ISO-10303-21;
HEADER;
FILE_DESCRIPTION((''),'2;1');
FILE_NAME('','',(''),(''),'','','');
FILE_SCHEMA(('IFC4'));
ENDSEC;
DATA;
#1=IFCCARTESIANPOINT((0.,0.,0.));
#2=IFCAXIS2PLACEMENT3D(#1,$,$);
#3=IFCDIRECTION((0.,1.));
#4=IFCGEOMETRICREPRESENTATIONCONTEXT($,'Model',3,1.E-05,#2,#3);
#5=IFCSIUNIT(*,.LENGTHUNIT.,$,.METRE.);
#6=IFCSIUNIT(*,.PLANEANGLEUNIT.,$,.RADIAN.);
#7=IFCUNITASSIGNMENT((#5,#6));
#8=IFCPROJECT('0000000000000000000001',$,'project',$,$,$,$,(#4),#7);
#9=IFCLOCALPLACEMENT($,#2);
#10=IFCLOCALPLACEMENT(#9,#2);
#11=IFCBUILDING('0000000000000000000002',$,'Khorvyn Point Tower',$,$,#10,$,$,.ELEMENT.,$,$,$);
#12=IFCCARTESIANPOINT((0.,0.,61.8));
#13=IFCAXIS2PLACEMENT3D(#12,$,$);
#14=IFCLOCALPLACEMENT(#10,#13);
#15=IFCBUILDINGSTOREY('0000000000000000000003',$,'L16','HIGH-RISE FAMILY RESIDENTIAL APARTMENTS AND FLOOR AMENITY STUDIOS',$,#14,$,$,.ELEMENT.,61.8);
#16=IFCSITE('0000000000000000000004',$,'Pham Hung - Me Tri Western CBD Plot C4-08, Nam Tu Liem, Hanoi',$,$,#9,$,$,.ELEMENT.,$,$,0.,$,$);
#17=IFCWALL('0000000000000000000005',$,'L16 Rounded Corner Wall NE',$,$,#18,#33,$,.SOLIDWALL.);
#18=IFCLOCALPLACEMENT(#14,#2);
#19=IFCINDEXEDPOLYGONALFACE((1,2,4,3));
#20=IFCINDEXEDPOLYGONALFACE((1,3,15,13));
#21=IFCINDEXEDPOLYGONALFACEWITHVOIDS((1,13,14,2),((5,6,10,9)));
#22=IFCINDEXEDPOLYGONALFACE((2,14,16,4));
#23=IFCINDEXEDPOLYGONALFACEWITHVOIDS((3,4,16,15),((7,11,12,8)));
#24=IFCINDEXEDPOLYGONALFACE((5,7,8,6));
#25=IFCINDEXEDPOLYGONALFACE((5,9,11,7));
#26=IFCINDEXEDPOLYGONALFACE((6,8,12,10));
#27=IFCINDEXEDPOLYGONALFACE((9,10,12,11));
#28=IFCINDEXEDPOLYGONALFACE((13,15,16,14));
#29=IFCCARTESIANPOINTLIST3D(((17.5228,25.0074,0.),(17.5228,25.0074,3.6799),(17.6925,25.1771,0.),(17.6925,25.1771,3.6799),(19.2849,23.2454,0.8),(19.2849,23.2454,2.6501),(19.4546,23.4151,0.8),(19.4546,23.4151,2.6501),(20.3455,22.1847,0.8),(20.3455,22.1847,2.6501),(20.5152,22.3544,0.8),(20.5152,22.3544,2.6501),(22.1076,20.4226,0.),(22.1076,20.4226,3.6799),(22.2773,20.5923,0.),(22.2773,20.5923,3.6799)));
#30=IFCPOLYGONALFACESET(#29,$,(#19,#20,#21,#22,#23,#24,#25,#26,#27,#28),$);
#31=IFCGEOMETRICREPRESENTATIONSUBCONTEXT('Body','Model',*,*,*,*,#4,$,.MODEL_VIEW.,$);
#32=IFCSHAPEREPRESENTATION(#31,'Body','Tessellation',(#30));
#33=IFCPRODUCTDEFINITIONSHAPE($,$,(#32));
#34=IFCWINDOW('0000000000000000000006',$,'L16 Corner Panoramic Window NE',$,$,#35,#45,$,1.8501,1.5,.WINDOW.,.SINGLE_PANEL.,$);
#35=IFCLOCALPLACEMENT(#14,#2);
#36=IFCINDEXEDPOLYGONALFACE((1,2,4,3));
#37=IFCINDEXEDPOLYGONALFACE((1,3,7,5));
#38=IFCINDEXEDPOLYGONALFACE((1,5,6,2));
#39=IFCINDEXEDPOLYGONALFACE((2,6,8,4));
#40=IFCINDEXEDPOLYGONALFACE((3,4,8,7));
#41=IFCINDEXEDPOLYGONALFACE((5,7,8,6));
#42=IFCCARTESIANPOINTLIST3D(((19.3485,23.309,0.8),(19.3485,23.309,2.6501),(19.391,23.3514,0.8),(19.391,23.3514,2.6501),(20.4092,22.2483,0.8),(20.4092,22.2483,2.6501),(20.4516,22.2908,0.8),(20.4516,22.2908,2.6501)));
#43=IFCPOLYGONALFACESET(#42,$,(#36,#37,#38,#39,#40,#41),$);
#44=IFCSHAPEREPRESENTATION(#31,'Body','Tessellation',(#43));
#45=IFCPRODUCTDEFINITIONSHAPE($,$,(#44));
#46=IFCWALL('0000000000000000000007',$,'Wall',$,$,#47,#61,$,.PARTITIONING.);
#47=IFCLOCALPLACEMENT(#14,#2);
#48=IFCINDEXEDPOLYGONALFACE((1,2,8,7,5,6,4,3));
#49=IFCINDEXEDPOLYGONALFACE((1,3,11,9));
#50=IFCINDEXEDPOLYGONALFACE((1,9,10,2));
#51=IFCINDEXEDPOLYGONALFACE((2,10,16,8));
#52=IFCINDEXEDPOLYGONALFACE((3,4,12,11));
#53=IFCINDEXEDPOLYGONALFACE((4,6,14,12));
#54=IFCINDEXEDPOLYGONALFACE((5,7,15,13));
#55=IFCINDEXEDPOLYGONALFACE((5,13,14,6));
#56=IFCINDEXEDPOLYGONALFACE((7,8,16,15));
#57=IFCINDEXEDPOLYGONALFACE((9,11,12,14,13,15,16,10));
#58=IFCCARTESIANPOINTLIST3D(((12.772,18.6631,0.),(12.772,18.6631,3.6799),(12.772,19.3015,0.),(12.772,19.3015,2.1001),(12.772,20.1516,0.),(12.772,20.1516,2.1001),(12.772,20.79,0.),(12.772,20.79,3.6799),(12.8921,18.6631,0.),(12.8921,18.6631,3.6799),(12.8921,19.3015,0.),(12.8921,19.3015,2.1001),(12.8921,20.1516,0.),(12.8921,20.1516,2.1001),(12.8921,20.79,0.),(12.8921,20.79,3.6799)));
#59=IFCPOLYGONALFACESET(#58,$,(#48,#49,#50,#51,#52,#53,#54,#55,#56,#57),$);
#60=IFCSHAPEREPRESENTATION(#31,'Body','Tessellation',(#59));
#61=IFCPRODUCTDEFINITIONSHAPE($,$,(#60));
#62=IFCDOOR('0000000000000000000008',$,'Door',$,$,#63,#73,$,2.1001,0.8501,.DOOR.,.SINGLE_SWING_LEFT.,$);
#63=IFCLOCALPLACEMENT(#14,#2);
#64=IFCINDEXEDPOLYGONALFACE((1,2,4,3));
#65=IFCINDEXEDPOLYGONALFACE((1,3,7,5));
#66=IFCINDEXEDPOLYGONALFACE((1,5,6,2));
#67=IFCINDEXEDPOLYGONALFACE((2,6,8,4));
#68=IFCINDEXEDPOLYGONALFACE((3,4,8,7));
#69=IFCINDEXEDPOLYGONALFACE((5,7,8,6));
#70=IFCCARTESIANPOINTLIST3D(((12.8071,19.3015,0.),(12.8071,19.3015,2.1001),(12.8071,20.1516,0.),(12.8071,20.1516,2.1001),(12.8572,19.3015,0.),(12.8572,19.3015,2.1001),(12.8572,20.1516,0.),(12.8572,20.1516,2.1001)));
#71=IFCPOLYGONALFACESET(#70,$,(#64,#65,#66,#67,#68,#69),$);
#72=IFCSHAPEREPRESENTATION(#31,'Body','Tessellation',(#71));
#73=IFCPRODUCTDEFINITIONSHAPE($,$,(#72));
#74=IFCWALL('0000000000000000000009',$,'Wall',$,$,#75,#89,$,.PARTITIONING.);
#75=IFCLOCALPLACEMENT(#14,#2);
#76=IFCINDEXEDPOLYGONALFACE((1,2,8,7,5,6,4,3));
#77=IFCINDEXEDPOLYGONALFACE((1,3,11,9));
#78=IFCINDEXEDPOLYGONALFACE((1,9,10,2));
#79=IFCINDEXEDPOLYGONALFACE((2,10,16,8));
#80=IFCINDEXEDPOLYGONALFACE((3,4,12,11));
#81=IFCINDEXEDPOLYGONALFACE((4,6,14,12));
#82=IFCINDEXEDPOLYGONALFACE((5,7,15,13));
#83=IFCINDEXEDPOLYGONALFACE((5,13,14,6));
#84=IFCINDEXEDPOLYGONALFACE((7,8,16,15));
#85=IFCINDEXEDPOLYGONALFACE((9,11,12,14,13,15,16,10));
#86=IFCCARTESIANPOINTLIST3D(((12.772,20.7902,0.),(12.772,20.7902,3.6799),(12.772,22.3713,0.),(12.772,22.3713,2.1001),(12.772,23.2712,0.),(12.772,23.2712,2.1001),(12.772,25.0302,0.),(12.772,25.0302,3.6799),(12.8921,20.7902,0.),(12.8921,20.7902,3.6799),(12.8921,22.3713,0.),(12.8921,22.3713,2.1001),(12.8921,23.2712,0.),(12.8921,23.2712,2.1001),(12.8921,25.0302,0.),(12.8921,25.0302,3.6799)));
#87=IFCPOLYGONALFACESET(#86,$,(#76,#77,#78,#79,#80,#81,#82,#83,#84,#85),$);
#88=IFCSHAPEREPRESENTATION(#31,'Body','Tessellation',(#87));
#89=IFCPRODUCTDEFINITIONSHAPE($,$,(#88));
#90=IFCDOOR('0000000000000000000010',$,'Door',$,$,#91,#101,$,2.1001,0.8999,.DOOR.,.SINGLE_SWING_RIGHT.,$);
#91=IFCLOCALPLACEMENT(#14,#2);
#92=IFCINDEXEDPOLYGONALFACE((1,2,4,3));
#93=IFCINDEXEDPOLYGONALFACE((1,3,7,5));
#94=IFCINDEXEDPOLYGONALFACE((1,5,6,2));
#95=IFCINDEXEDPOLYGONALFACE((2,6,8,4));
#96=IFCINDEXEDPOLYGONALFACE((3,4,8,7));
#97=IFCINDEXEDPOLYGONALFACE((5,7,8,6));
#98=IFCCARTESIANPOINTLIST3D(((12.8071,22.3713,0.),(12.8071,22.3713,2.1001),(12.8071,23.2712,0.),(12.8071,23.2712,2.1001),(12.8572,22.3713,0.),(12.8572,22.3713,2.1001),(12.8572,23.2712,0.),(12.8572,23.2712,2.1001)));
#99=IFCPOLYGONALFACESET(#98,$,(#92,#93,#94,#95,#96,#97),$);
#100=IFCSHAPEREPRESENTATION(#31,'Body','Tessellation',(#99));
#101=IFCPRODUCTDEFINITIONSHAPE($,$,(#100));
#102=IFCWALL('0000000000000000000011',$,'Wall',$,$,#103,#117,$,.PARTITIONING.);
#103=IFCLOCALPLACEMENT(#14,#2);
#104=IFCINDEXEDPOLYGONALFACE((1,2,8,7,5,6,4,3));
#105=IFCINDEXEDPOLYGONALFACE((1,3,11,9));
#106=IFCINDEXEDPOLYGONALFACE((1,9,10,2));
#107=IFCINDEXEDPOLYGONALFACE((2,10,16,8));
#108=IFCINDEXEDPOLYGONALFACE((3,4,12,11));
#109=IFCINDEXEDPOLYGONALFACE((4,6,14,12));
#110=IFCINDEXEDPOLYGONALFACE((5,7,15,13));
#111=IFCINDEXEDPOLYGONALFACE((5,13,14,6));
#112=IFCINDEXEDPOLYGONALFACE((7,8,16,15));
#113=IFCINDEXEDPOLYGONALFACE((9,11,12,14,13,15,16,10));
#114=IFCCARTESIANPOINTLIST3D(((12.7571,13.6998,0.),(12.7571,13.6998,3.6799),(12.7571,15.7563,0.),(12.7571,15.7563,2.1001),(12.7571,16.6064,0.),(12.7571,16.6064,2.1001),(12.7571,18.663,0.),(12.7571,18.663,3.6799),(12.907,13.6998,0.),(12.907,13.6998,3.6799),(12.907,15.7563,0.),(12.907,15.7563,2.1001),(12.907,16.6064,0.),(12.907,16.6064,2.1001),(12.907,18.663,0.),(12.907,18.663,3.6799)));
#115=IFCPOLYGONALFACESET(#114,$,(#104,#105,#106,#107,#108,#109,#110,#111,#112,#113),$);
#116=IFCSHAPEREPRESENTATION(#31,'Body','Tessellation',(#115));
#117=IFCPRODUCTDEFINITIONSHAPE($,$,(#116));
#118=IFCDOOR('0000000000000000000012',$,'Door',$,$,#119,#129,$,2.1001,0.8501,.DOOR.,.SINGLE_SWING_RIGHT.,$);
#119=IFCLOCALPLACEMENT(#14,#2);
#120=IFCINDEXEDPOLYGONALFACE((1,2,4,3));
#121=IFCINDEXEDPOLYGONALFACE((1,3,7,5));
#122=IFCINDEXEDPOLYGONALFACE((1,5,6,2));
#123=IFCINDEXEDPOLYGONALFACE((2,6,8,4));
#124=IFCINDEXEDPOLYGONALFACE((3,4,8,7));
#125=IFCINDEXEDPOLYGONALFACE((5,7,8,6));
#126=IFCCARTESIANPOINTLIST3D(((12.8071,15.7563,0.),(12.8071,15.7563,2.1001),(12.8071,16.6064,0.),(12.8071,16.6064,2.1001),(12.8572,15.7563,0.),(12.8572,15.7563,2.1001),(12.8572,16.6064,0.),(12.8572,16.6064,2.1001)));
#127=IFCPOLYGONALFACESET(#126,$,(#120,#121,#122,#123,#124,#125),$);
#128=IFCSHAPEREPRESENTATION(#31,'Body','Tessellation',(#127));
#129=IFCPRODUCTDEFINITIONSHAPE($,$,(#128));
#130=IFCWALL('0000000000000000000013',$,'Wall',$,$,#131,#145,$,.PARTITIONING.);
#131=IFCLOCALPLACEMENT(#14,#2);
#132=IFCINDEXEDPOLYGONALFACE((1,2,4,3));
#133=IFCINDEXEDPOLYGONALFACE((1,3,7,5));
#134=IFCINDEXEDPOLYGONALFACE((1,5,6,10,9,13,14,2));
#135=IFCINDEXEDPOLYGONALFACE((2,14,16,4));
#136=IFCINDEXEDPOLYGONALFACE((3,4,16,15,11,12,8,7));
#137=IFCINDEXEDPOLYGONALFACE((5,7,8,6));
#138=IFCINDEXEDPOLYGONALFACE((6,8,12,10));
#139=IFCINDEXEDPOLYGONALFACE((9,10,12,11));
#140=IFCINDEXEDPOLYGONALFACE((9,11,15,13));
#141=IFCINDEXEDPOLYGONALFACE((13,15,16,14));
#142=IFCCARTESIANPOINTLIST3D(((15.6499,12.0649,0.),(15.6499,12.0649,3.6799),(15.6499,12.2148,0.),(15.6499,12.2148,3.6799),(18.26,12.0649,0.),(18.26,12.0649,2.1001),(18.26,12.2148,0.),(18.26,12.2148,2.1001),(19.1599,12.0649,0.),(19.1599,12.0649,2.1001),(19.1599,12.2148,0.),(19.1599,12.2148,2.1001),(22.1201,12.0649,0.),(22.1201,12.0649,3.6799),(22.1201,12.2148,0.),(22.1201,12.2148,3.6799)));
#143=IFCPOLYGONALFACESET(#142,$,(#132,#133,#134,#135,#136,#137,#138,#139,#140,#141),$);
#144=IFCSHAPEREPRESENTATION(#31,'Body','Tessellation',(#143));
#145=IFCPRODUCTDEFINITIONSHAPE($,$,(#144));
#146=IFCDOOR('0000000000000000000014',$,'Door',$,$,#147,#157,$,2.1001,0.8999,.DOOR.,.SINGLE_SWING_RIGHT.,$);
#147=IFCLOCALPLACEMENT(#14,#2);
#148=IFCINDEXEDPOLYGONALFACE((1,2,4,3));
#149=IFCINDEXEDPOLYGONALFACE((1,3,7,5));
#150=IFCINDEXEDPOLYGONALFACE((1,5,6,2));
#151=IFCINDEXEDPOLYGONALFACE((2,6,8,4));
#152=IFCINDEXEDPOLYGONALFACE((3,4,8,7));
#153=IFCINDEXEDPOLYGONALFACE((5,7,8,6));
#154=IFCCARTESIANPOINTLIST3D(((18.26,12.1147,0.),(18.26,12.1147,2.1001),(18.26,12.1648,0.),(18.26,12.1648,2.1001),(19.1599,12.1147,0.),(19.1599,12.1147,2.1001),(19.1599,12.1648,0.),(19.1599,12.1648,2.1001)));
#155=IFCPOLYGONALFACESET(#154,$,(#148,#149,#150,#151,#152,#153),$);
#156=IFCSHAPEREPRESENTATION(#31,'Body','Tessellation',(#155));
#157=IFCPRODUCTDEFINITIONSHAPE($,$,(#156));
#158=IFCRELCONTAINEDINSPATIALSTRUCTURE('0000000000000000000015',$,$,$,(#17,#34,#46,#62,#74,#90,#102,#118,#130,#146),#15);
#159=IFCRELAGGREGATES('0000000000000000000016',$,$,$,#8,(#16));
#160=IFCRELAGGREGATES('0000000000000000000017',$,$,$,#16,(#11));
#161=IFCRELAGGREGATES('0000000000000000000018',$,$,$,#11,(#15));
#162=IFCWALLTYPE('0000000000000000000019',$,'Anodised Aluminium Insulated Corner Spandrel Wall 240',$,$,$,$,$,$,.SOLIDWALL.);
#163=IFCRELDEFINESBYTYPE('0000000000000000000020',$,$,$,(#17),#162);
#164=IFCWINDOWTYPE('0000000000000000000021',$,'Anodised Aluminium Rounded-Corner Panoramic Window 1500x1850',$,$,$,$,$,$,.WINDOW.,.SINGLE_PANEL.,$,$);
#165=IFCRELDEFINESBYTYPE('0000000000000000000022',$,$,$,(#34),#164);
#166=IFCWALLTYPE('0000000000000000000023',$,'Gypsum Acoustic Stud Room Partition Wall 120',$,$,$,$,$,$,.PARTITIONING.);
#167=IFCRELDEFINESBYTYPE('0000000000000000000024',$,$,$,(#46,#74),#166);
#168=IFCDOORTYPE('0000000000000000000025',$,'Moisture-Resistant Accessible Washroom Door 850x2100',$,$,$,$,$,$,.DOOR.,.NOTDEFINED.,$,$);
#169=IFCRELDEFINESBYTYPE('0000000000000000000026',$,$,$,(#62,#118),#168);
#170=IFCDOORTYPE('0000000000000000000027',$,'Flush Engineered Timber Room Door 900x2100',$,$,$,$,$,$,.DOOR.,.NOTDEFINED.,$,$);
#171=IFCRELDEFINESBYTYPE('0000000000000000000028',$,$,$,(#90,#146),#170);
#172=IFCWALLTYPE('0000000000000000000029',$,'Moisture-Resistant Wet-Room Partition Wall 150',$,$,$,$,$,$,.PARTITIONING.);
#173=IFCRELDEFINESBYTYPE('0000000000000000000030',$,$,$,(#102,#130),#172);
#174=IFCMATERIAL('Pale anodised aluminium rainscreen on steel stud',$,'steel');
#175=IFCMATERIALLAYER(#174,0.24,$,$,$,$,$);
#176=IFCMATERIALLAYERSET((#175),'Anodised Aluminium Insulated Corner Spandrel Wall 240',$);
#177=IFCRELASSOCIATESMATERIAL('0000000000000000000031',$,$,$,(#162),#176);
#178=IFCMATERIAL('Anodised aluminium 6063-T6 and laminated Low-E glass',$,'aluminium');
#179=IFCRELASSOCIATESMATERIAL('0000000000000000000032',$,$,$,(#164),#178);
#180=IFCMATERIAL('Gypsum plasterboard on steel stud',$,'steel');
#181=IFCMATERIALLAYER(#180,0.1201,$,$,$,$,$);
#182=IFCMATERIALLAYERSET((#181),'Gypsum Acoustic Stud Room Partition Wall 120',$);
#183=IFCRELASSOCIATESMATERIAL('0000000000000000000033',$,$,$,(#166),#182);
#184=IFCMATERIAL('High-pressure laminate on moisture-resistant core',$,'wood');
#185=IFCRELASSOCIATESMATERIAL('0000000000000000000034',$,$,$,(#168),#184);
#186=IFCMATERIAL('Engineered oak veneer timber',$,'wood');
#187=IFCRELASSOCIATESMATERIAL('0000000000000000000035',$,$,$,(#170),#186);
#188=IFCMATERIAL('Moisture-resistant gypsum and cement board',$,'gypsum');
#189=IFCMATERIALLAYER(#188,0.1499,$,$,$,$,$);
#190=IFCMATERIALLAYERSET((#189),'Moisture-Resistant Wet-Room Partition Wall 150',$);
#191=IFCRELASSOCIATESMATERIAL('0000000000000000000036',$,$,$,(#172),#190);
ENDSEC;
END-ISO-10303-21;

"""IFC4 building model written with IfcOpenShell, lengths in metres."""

from ifc_helpers import new_model, si_unit, direction, frame, frame_2d, origin, place, context, subcontext, project, spatial, rectangle, extrude, material, layer, layer_set, type_object, element, fill, save


model = new_model("IFC4")

# Units and contexts
model_context = context("Model", 3, precision=1e-05, world=origin(), true_north=direction((0.0, 1.0)))
body_context = subcontext(model_context, "Body", "Model", "MODEL_VIEW")
ifc_project = project(units=[si_unit("LENGTHUNIT", "METRE"), si_unit("PLANEANGLEUNIT", "RADIAN")], contexts=[model_context])

# Site, building, storey
site_placement = place(None, origin())
site = spatial("IfcSite", under=ifc_project, at=site_placement, Name="Pham Hung - Me Tri Western CBD Plot C4-08, Nam Tu Liem, Hanoi", CompositionType="ELEMENT", RefElevation=0.0)
building_placement = place(site_placement, origin())
building = spatial("IfcBuilding", under=site, at=building_placement, Name="Khorvyn Point Tower", CompositionType="ELEMENT")
storey_placement = place(building_placement, frame((0.0, 0.0, 61.8)))
storey = spatial("IfcBuildingStorey", under=building, at=storey_placement, Name="L16", Description="HIGH-RISE FAMILY RESIDENTIAL APARTMENTS AND FLOOR AMENITY STUDIOS", CompositionType="ELEMENT", Elevation=61.8)

# Shared definitions
ifc_material_1 = material(Name="Anodised aluminium 6063-T6 and laminated Low-E glass", Category="aluminium")

# Wall, opening, window
ifc_material_2 = material(Name="Pale anodised aluminium rainscreen on steel stud", Category="steel")
ifc_layer_1 = layer(ifc_material_2, 0.24)
ifc_layer_set_1 = layer_set([ifc_layer_1], Name="Anodised Aluminium Insulated Corner Spandrel Wall 240")
wall_type_1 = type_object("IfcWallType", Name="Anodised Aluminium Insulated Corner Spandrel Wall 240", PredefinedType="SOLIDWALL", material=ifc_layer_set_1)
wall_1_placement = place(storey_placement, frame((17.6077, 25.0923, 0.0), z_axis=(0.0, 0.0, 1.0), x_axis=(0.707107, -0.707107, 0.0)))
wall_1 = element("IfcWall", 1, at=wall_1_placement, inside=storey, type_object=wall_type_1, Name="L16 Rounded Corner Wall NE", PredefinedType="SOLIDWALL", context=body_context, shape_type="SweptSolid", body=[
    extrude(rectangle(XDim=6.4839, YDim=0.24, at=frame_2d((3.2419, 0.0))), origin(), (0.0, 0.0, 1.0), 3.6799),
])
opening_1_placement = place(wall_1_placement, frame((2.4919, 0.0, 0.8)))
opening_1 = element("IfcOpeningElement", 2, at=opening_1_placement, cuts=wall_1, PredefinedType="OPENING", context=body_context, shape_type="SweptSolid", body=[
    extrude(rectangle(XDim=1.5, YDim=1.8501, at=frame_2d((0.75, 0.925))), frame((0.0, 0.1299, 0.0), z_axis=(0.0, -1.0, 0.0), x_axis=(1.0, 0.0, 0.0)), (0.0, 0.0, 1.0), 0.26),
])
window_type = type_object("IfcWindowType", Name="Anodised Aluminium Rounded-Corner Panoramic Window 1500x1850", PartitioningType="SINGLE_PANEL", PredefinedType="WINDOW", material=ifc_material_1)
window_placement = place(opening_1_placement, origin())
window = element("IfcWindow", 3, at=window_placement, inside=storey, type_object=window_type, Name="L16 Corner Panoramic Window NE", OverallHeight=1.8501, OverallWidth=1.5, PartitioningType="SINGLE_PANEL", PredefinedType="WINDOW", context=body_context, shape_type="SweptSolid", body=[
    extrude(rectangle(XDim=1.5, YDim=1.8501, at=frame_2d((0.75, 0.925))), frame((0.0, 0.03, 0.0), z_axis=(0.0, -1.0, 0.0), x_axis=(1.0, 0.0, 0.0)), (0.0, 0.0, 1.0), 0.0601),
])
fill(opening_1, window)

# Walls, openings, doors
ifc_material_3 = material(Name="Gypsum plasterboard on steel stud", Category="steel")
ifc_layer_2 = layer(ifc_material_3, 0.1201)
ifc_layer_set_2 = layer_set([ifc_layer_2], Name="Gypsum Acoustic Stud Room Partition Wall 120")
wall_type_2 = type_object("IfcWallType", Name="Gypsum Acoustic Stud Room Partition Wall 120", PredefinedType="PARTITIONING", material=ifc_layer_set_2)
wall_2_placement = place(storey_placement, frame((12.832, 18.6631, 0.0), z_axis=(0.0, 0.0, 1.0), x_axis=(0.0, 1.0, 0.0)))
wall_2 = element("IfcWall", 4, at=wall_2_placement, inside=storey, type_object=wall_type_2, Name="Wall", PredefinedType="PARTITIONING", context=body_context, shape_type="SweptSolid", body=[
    extrude(rectangle(XDim=2.127, YDim=0.1201, at=frame_2d((1.0635, 0.0))), origin(), (0.0, 0.0, 1.0), 3.6799),
])
opening_2_placement = place(wall_2_placement, frame((0.6384, 0.0, 0.0)))
opening_2 = element("IfcOpeningElement", 5, at=opening_2_placement, cuts=wall_2, PredefinedType="OPENING", context=body_context, shape_type="SweptSolid", body=[
    extrude(rectangle(XDim=0.8501, YDim=2.1001, at=frame_2d((0.425, 1.05))), frame((0.0, 0.0701, 0.0), z_axis=(0.0, -1.0, 0.0), x_axis=(1.0, 0.0, 0.0)), (0.0, 0.0, 1.0), 0.1401),
])
ifc_material_4 = material(Name="High-pressure laminate on moisture-resistant core", Category="wood")
door_type_1 = type_object("IfcDoorType", Name="Moisture-Resistant Accessible Washroom Door 850x2100", OperationType="NOTDEFINED", PredefinedType="DOOR", material=ifc_material_4)
door_1_placement = place(opening_2_placement, origin())
door_1 = element("IfcDoor", 6, at=door_1_placement, inside=storey, type_object=door_type_1, Name="Door", OperationType="SINGLE_SWING_LEFT", OverallHeight=2.1001, OverallWidth=0.8501, PredefinedType="DOOR", context=body_context, shape_type="SweptSolid", body=[
    extrude(rectangle(XDim=0.8501, YDim=2.1001, at=frame_2d((0.425, 1.05))), frame((0.0, 0.0249, 0.0), z_axis=(0.0, -1.0, 0.0), x_axis=(1.0, 0.0, 0.0)), (0.0, 0.0, 1.0), 0.05),
])
fill(opening_2, door_1)
wall_3_placement = place(storey_placement, frame((12.832, 20.79, 0.0), z_axis=(0.0, 0.0, 1.0), x_axis=(0.0, 1.0, 0.0)))
wall_3 = element("IfcWall", 7, at=wall_3_placement, inside=storey, type_object=wall_type_2, Name="Wall", PredefinedType="PARTITIONING", context=body_context, shape_type="SweptSolid", body=[
    extrude(rectangle(XDim=4.24, YDim=0.1201, at=frame_2d((2.1201, 0.0))), origin(), (0.0, 0.0, 1.0), 3.6799),
])
opening_3_placement = place(wall_3_placement, frame((1.5813, 0.0, 0.0)))
opening_3 = element("IfcOpeningElement", 8, at=opening_3_placement, cuts=wall_3, PredefinedType="OPENING", context=body_context, shape_type="SweptSolid", body=[
    extrude(rectangle(XDim=0.8999, YDim=2.1001, at=frame_2d((0.45, 1.05))), frame((0.0, 0.0701, 0.0), z_axis=(0.0, -1.0, 0.0), x_axis=(1.0, 0.0, 0.0)), (0.0, 0.0, 1.0), 0.1401),
])
ifc_material_5 = material(Name="Engineered oak veneer timber", Category="wood")
door_type_2 = type_object("IfcDoorType", Name="Flush Engineered Timber Room Door 900x2100", OperationType="NOTDEFINED", PredefinedType="DOOR", material=ifc_material_5)
door_2_placement = place(opening_3_placement, origin())
door_2 = element("IfcDoor", 9, at=door_2_placement, inside=storey, type_object=door_type_2, Name="Door", OperationType="SINGLE_SWING_RIGHT", OverallHeight=2.1001, OverallWidth=0.8999, PredefinedType="DOOR", context=body_context, shape_type="SweptSolid", body=[
    extrude(rectangle(XDim=0.8999, YDim=2.1001, at=frame_2d((0.45, 1.05))), frame((0.0, 0.0249, 0.0), z_axis=(0.0, -1.0, 0.0), x_axis=(1.0, 0.0, 0.0)), (0.0, 0.0, 1.0), 0.05),
])
fill(opening_3, door_2)
ifc_material_6 = material(Name="Moisture-resistant gypsum and cement board", Category="gypsum")
ifc_layer_3 = layer(ifc_material_6, 0.1499)
ifc_layer_set_3 = layer_set([ifc_layer_3], Name="Moisture-Resistant Wet-Room Partition Wall 150")
wall_type_3 = type_object("IfcWallType", Name="Moisture-Resistant Wet-Room Partition Wall 150", PredefinedType="PARTITIONING", material=ifc_layer_set_3)
wall_4_placement = place(storey_placement, frame((12.832, 13.7, 0.0), z_axis=(0.0, 0.0, 1.0), x_axis=(0.0, 1.0, 0.0)))
wall_4 = element("IfcWall", 10, at=wall_4_placement, inside=storey, type_object=wall_type_3, Name="Wall", PredefinedType="PARTITIONING", context=body_context, shape_type="SweptSolid", body=[
    extrude(rectangle(XDim=4.9631, YDim=0.1499, at=frame_2d((2.4814, 0.0))), origin(), (0.0, 0.0, 1.0), 3.6799),
])
opening_4_placement = place(wall_4_placement, frame((2.0564, 0.0, 0.0)))
opening_4 = element("IfcOpeningElement", 11, at=opening_4_placement, cuts=wall_4, PredefinedType="OPENING", context=body_context, shape_type="SweptSolid", body=[
    extrude(rectangle(XDim=0.8501, YDim=2.1001, at=frame_2d((0.425, 1.05))), frame((0.0, 0.085, 0.0), z_axis=(0.0, -1.0, 0.0), x_axis=(1.0, 0.0, 0.0)), (0.0, 0.0, 1.0), 0.1699),
])
door_3_placement = place(opening_4_placement, origin())
door_3 = element("IfcDoor", 12, at=door_3_placement, inside=storey, type_object=door_type_1, Name="Door", OperationType="SINGLE_SWING_RIGHT", OverallHeight=2.1001, OverallWidth=0.8501, PredefinedType="DOOR", context=body_context, shape_type="SweptSolid", body=[
    extrude(rectangle(XDim=0.8501, YDim=2.1001, at=frame_2d((0.425, 1.05))), frame((0.0, 0.0249, 0.0), z_axis=(0.0, -1.0, 0.0), x_axis=(1.0, 0.0, 0.0)), (0.0, 0.0, 1.0), 0.05),
])
fill(opening_4, door_3)
wall_5_placement = place(storey_placement, frame((15.6499, 12.1399, 0.0), z_axis=(0.0, 0.0, 1.0), x_axis=(1.0, 0.0, 0.0)))
wall_5 = element("IfcWall", 13, at=wall_5_placement, inside=storey, type_object=wall_type_3, Name="Wall", PredefinedType="PARTITIONING", context=body_context, shape_type="SweptSolid", body=[
    extrude(rectangle(XDim=6.4702, YDim=0.1499, at=frame_2d((3.2351, 0.0))), origin(), (0.0, 0.0, 1.0), 3.6799),
])
opening_5_placement = place(wall_5_placement, frame((2.6101, 0.0, 0.0)))
opening_5 = element("IfcOpeningElement", 14, at=opening_5_placement, cuts=wall_5, PredefinedType="OPENING", context=body_context, shape_type="SweptSolid", body=[
    extrude(rectangle(XDim=0.8999, YDim=2.1001, at=frame_2d((0.45, 1.05))), frame((0.0, 0.085, 0.0), z_axis=(0.0, -1.0, 0.0), x_axis=(1.0, 0.0, 0.0)), (0.0, 0.0, 1.0), 0.1699),
])
door_4_placement = place(opening_5_placement, origin())
door_4 = element("IfcDoor", 15, at=door_4_placement, inside=storey, type_object=door_type_2, Name="Door", OperationType="SINGLE_SWING_RIGHT", OverallHeight=2.1001, OverallWidth=0.8999, PredefinedType="DOOR", context=body_context, shape_type="SweptSolid", body=[
    extrude(rectangle(XDim=0.8999, YDim=2.1001, at=frame_2d((0.45, 1.05))), frame((0.0, 0.0249, 0.0), z_axis=(0.0, -1.0, 0.0), x_axis=(1.0, 0.0, 0.0)), (0.0, 0.0, 1.0), 0.05),
])
fill(opening_5, door_4)

save(model, "model.ifc")
